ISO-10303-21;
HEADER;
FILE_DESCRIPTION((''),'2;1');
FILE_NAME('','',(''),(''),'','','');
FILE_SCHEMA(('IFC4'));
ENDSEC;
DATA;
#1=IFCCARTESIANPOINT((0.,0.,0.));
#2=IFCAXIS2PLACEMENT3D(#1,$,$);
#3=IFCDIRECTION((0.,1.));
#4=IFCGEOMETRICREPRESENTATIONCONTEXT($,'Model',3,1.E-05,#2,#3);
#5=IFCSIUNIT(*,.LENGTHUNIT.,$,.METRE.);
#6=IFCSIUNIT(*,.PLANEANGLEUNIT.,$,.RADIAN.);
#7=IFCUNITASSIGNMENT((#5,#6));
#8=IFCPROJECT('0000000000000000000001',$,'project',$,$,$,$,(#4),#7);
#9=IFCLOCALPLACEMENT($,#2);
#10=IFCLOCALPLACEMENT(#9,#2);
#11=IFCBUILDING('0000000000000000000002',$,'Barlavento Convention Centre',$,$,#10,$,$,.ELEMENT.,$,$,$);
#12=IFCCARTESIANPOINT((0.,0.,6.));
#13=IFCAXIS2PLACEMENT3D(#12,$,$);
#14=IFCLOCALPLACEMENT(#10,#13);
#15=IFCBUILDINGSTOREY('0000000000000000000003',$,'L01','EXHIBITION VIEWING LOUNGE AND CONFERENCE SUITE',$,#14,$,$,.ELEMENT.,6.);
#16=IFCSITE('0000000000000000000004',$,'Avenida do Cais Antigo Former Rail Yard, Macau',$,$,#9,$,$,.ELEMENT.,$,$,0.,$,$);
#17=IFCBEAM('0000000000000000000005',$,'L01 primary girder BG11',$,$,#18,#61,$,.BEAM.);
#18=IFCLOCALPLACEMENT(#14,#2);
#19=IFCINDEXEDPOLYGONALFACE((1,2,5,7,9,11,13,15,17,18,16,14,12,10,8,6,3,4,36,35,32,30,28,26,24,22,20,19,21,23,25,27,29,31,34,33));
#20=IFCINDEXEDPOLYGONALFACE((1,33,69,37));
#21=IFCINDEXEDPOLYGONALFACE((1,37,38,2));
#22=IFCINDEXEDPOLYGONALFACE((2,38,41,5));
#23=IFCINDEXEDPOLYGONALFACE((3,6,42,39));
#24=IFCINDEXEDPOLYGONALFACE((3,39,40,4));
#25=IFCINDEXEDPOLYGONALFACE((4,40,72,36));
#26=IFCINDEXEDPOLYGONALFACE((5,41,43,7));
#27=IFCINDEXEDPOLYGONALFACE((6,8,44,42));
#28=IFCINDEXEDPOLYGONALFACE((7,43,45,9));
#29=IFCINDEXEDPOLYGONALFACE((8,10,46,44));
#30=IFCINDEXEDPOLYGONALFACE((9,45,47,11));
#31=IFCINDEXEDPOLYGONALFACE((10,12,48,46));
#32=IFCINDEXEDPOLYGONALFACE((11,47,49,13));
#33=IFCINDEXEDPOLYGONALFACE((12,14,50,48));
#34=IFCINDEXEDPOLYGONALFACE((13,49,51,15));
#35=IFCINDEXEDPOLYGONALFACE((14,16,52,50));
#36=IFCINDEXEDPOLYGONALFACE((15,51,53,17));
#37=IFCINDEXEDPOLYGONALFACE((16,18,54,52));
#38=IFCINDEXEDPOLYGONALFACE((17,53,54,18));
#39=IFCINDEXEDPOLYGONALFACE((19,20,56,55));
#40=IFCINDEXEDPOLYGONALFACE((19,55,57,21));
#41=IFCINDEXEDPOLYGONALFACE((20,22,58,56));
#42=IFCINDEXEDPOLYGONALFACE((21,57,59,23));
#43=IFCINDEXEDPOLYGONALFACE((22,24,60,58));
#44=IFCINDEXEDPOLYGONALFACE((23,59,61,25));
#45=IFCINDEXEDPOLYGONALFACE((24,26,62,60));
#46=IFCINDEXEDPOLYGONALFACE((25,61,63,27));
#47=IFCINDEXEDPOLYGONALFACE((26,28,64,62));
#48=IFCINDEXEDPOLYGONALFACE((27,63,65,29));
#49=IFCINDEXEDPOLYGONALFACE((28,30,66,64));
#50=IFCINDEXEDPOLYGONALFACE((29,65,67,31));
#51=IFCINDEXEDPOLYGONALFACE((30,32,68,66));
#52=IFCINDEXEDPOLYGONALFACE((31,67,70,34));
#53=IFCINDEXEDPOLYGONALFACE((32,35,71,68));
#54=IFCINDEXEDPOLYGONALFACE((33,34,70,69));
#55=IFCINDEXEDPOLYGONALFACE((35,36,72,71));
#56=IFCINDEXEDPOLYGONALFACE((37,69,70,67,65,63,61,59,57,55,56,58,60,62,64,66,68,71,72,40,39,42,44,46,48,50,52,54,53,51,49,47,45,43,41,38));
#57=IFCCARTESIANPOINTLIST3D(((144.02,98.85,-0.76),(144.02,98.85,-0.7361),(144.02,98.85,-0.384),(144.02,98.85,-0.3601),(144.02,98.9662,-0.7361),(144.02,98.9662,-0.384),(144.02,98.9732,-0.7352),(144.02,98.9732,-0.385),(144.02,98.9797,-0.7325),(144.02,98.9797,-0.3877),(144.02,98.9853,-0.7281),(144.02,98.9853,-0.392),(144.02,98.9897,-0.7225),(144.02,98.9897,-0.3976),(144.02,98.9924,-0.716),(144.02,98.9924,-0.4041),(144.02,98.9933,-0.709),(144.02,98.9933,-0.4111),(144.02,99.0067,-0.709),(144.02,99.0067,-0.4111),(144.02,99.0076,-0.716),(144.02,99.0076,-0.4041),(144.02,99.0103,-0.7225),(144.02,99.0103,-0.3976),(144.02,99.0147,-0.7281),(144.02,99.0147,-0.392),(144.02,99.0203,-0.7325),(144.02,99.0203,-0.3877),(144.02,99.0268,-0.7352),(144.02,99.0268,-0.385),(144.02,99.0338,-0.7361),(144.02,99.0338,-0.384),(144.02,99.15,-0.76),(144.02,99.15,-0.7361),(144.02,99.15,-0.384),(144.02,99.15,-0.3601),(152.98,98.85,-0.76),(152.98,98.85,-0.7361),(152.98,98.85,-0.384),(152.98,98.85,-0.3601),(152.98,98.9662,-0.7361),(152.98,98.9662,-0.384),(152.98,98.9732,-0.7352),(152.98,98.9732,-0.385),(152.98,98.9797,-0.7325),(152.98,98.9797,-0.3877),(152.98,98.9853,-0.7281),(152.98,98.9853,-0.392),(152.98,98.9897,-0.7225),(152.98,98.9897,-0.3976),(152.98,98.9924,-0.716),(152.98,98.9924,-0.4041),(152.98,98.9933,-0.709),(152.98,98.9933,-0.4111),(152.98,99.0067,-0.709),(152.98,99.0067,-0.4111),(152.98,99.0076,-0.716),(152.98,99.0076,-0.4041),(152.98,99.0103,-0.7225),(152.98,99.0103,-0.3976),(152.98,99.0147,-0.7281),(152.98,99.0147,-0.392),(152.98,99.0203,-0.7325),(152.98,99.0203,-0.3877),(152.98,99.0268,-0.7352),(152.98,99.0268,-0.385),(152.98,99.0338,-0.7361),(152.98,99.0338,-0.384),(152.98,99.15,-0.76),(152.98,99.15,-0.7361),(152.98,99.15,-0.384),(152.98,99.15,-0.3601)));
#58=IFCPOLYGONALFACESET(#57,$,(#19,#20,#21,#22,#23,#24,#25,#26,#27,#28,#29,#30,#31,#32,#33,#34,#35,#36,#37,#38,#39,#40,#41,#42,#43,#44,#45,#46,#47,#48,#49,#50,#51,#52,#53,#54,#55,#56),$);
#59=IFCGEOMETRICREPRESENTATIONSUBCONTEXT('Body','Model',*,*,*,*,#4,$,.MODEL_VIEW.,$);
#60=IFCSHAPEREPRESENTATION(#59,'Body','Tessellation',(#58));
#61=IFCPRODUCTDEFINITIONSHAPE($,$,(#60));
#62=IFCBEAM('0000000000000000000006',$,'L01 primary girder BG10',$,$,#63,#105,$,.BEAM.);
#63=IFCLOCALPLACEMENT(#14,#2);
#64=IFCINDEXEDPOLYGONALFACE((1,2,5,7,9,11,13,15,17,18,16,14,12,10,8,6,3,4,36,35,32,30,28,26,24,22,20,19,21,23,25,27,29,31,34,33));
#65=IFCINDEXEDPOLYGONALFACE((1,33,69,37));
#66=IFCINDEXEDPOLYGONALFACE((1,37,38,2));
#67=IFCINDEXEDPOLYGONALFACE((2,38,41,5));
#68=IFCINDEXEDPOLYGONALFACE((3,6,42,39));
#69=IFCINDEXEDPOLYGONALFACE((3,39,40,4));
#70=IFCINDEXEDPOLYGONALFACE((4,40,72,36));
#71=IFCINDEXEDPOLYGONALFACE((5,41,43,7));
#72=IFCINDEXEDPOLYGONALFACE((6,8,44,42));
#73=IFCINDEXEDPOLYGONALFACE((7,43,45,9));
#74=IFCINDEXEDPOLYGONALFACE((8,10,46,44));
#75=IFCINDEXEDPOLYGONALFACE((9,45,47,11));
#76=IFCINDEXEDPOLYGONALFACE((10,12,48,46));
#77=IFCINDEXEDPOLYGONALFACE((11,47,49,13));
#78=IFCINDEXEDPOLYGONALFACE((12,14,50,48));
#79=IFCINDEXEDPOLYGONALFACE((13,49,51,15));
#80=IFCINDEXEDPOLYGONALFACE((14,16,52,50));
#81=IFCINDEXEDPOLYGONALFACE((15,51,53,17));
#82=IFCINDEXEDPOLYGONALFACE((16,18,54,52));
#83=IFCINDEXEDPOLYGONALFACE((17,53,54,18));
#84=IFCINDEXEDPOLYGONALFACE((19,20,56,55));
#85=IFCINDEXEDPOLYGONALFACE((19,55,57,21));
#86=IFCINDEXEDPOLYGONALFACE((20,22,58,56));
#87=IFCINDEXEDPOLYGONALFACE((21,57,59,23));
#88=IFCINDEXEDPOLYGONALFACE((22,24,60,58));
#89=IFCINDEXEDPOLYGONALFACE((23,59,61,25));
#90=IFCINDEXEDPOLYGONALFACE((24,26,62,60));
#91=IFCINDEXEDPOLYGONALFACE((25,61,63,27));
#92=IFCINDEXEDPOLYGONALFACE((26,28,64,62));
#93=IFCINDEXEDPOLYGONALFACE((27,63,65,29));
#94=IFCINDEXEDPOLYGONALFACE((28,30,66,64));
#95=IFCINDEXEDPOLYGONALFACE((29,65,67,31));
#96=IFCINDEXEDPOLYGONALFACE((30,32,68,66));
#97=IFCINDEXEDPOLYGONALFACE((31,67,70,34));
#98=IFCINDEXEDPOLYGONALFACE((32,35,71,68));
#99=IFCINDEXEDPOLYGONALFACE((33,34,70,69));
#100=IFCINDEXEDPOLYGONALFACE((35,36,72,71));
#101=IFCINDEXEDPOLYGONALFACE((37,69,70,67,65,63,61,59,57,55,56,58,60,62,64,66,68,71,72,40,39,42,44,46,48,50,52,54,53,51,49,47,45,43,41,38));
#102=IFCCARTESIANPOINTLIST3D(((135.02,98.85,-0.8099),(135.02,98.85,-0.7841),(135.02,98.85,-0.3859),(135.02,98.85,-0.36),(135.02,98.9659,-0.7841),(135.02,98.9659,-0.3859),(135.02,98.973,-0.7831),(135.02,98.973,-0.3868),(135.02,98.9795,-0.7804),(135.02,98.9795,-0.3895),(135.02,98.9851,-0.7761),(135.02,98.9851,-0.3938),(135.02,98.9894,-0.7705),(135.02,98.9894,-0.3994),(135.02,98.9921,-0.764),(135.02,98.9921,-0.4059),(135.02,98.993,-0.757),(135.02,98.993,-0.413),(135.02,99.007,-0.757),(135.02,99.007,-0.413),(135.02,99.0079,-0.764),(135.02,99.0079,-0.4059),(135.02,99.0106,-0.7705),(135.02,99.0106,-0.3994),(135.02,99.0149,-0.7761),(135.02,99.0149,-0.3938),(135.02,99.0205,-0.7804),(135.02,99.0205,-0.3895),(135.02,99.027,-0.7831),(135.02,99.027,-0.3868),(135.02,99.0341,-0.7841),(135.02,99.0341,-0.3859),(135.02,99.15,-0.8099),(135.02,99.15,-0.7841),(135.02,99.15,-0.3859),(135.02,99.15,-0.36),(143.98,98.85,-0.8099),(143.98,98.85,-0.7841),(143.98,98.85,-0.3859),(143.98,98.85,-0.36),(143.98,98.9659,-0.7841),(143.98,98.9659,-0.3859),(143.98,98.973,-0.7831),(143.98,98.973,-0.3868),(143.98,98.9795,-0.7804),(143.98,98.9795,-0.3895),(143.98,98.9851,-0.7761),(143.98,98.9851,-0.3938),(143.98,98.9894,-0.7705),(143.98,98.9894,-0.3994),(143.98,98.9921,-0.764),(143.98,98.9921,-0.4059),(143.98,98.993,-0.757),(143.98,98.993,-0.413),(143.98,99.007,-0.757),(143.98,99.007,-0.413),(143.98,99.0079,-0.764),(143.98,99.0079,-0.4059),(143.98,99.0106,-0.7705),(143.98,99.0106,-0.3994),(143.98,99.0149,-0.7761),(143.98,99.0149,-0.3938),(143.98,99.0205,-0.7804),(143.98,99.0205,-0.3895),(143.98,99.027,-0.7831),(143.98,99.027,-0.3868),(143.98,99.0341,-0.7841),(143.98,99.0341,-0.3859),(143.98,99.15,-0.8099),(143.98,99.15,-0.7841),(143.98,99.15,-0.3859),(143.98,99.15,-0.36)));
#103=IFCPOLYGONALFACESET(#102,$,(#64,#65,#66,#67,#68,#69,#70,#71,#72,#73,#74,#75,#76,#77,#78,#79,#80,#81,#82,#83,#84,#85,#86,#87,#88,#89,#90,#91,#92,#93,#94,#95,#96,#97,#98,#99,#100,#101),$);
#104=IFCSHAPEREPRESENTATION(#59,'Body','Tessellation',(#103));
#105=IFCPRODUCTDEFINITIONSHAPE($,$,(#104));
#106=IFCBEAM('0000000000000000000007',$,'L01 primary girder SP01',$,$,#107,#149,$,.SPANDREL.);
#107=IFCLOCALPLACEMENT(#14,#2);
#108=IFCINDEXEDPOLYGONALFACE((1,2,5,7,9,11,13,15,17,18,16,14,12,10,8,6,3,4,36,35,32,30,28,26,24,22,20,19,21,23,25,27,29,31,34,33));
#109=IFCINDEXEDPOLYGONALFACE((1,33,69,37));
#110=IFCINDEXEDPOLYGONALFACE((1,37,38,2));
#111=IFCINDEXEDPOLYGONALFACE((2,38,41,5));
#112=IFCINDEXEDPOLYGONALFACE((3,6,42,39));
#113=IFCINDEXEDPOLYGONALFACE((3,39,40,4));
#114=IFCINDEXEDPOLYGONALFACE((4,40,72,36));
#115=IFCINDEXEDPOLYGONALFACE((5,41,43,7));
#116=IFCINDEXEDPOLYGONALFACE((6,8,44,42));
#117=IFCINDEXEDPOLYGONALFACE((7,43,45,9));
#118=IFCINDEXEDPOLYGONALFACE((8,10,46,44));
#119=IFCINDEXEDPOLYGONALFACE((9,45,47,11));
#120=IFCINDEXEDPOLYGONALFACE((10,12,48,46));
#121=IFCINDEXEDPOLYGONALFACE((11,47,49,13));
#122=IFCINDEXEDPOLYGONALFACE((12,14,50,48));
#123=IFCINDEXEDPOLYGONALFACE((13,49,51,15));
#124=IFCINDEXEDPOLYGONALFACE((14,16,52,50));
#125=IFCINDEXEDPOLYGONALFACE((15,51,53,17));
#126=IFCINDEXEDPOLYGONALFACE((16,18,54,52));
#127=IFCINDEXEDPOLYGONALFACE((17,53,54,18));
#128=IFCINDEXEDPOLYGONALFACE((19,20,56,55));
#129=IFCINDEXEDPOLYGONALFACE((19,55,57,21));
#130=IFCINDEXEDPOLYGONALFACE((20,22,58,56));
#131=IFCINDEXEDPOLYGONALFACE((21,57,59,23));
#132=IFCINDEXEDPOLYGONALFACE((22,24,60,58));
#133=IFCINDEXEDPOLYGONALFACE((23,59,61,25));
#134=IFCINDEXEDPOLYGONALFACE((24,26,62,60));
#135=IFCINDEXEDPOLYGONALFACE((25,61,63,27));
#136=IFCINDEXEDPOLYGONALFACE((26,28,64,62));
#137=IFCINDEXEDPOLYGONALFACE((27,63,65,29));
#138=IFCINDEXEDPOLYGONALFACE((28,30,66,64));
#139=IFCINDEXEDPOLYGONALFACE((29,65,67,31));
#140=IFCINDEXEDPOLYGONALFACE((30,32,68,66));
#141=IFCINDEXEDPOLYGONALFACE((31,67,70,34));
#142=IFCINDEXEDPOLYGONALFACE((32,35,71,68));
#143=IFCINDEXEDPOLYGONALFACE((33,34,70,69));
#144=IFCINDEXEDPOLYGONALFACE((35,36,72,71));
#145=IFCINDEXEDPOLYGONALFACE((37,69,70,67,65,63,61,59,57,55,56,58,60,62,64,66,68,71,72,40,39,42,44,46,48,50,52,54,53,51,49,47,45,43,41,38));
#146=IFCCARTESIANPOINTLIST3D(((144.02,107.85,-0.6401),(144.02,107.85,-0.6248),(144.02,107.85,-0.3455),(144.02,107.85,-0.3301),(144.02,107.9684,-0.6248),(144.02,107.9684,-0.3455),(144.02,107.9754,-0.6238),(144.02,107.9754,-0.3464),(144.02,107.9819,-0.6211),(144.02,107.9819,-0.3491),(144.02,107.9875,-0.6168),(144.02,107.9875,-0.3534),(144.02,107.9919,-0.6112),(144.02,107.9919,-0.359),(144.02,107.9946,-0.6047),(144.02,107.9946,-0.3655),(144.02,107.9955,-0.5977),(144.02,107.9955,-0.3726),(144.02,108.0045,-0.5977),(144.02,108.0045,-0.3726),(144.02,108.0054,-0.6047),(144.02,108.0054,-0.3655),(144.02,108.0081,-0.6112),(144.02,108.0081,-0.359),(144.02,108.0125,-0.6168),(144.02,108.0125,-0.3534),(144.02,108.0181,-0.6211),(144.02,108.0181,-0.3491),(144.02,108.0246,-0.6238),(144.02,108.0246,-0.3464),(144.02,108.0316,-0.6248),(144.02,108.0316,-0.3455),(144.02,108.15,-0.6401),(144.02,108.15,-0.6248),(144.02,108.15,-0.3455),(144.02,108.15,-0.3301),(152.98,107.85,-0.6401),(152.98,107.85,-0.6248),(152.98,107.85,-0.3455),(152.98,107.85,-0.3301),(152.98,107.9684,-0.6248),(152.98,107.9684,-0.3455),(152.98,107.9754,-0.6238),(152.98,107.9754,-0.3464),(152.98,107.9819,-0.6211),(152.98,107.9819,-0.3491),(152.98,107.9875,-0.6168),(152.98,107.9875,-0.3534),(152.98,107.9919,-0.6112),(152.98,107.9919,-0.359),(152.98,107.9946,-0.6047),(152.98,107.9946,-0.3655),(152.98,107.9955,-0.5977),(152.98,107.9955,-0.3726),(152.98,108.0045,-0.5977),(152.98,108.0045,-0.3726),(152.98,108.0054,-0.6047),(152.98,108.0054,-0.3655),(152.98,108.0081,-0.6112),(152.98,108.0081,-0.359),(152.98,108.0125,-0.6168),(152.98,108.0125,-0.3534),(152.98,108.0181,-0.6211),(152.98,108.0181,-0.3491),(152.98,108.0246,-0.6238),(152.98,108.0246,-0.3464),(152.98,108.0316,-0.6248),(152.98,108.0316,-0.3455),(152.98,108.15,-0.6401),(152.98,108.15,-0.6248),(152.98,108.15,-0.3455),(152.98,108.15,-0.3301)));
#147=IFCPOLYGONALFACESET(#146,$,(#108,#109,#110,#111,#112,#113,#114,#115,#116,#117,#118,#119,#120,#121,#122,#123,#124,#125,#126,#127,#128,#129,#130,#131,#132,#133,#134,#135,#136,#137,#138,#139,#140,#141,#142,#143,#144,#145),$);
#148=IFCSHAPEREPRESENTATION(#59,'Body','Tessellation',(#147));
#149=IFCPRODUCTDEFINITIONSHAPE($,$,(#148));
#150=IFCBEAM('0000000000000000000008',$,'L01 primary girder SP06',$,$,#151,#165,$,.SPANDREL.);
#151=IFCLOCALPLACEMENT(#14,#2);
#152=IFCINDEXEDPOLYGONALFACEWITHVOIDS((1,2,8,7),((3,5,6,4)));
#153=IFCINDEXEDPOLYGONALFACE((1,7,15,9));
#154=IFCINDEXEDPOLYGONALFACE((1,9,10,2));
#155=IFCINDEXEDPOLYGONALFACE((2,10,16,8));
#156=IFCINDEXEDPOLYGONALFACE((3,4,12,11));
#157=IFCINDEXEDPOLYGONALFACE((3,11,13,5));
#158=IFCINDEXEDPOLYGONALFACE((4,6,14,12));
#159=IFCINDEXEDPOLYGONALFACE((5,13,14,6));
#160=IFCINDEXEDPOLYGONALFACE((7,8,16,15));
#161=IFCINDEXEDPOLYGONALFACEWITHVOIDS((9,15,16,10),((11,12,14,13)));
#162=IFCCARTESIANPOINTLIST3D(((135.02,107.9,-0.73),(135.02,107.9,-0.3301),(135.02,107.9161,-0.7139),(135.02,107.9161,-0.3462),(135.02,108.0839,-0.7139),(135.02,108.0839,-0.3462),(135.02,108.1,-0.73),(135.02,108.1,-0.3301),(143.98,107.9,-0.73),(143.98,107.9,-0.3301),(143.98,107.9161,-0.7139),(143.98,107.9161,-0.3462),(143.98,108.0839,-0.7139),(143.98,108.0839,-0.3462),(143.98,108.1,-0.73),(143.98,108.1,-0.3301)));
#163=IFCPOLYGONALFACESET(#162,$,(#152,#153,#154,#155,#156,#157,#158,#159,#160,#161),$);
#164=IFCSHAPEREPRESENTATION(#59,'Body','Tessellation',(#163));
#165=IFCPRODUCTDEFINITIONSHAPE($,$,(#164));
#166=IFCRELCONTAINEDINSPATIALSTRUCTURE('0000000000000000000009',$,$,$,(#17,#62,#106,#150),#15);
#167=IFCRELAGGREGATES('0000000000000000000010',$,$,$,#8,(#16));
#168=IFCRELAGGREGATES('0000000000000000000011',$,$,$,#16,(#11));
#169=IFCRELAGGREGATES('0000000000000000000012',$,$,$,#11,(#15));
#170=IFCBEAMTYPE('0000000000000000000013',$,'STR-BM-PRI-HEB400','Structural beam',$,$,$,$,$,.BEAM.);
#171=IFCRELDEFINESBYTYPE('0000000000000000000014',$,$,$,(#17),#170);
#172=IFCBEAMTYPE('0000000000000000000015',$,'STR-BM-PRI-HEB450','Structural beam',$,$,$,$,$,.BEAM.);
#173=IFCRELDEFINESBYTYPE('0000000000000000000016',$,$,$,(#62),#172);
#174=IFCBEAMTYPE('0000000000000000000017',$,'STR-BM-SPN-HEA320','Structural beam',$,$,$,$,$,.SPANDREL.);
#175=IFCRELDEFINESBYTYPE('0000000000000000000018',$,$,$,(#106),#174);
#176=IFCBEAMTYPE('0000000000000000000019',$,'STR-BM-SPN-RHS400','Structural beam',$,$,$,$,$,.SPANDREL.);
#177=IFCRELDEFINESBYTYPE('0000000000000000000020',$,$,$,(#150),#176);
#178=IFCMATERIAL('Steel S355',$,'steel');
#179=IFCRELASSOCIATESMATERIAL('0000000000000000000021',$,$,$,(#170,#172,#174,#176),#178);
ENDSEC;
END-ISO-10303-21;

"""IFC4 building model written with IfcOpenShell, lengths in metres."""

from ifc_helpers import new_model, si_unit, direction, frame, origin, origin_2d, place, context, subcontext, project, spatial, hollow_rectangle, i_section, extrude, material, material_profile, profile_set, type_object, element, save


model = new_model("IFC4")

# Units and contexts
model_context = context("Model", 3, precision=1e-05, world=origin(), true_north=direction((0.0, 1.0)))
body_context = subcontext(model_context, "Body", "Model", "MODEL_VIEW")
ifc_project = project(units=[si_unit("LENGTHUNIT", "METRE"), si_unit("PLANEANGLEUNIT", "RADIAN")], contexts=[model_context])

# Site, building, storey
site_placement = place(None, origin())
site = spatial("IfcSite", under=ifc_project, at=site_placement, Name="Avenida do Cais Antigo Former Rail Yard, Macau", CompositionType="ELEMENT", RefElevation=0.0)
building_placement = place(site_placement, origin())
building = spatial("IfcBuilding", under=site, at=building_placement, Name="Barlavento Convention Centre", CompositionType="ELEMENT")
storey_placement = place(building_placement, frame((0.0, 0.0, 6.0)))
storey = spatial("IfcBuildingStorey", under=building, at=storey_placement, Name="L01", Description="EXHIBITION VIEWING LOUNGE AND CONFERENCE SUITE", CompositionType="ELEMENT", Elevation=6.0)

# Shared definitions
ifc_material_1 = material(Name="Steel S355", Category="steel")

# Beams
ifc_material_profile_1 = material_profile(ifc_material_1, i_section(OverallWidth=0.3, OverallDepth=0.3999, WebThickness=0.0134, FlangeThickness=0.0239, FilletRadius=0.0271, at=origin_2d()), Name="HEB 400")
ifc_profile_set_1 = profile_set([ifc_material_profile_1], Name="Steel S355")
beam_type_1 = type_object("IfcBeamType", Name="STR-BM-PRI-HEB400", Description="Structural beam", PredefinedType="BEAM", material=ifc_profile_set_1)
beam_1_placement = place(storey_placement, frame((144.02, 99.0, -0.5601), z_axis=(1.0, 0.0, 0.0), x_axis=(0.0, 1.0, 0.0)))
element("IfcBeam", 1, at=beam_1_placement, inside=storey, type_object=beam_type_1, Name="L01 primary girder BG11", PredefinedType="BEAM", context=body_context, shape_type="SweptSolid", body=[
    extrude(i_section(OverallWidth=0.3, OverallDepth=0.3999, WebThickness=0.0134, FlangeThickness=0.0239, FilletRadius=0.0271, at=origin_2d()), origin(), (0.0, 0.0, 1.0), 8.96),
])
ifc_material_profile_2 = material_profile(ifc_material_1, i_section(OverallWidth=0.3, OverallDepth=0.45, WebThickness=0.0139, FlangeThickness=0.0259, FilletRadius=0.0271, at=origin_2d()), Name="HEB 450")
ifc_profile_set_2 = profile_set([ifc_material_profile_2], Name="Steel S355")
beam_type_2 = type_object("IfcBeamType", Name="STR-BM-PRI-HEB450", Description="Structural beam", PredefinedType="BEAM", material=ifc_profile_set_2)
beam_2_placement = place(storey_placement, frame((135.02, 99.0, -0.585), z_axis=(1.0, 0.0, 0.0), x_axis=(0.0, 1.0, 0.0)))
element("IfcBeam", 2, at=beam_2_placement, inside=storey, type_object=beam_type_2, Name="L01 primary girder BG10", PredefinedType="BEAM", context=body_context, shape_type="SweptSolid", body=[
    extrude(i_section(OverallWidth=0.3, OverallDepth=0.45, WebThickness=0.0139, FlangeThickness=0.0259, FilletRadius=0.0271, at=origin_2d()), origin(), (0.0, 0.0, 1.0), 8.96),
])
ifc_material_profile_3 = material_profile(ifc_material_1, i_section(OverallWidth=0.3, OverallDepth=0.3101, WebThickness=0.009, FlangeThickness=0.0154, FilletRadius=0.0271, at=origin_2d()), Name="HEA 320")
ifc_profile_set_3 = profile_set([ifc_material_profile_3], Name="Steel S355")
beam_type_3 = type_object("IfcBeamType", Name="STR-BM-SPN-HEA320", Description="Structural beam", PredefinedType="SPANDREL", material=ifc_profile_set_3)
beam_3_placement = place(storey_placement, frame((144.02, 108.0, -0.4851), z_axis=(1.0, 0.0, 0.0), x_axis=(0.0, 1.0, 0.0)))
element("IfcBeam", 3, at=beam_3_placement, inside=storey, type_object=beam_type_3, Name="L01 primary girder SP01", PredefinedType="SPANDREL", context=body_context, shape_type="SweptSolid", body=[
    extrude(i_section(OverallWidth=0.3, OverallDepth=0.3101, WebThickness=0.009, FlangeThickness=0.0154, FilletRadius=0.0271, at=origin_2d()), origin(), (0.0, 0.0, 1.0), 8.96),
])
ifc_material_profile_4 = material_profile(ifc_material_1, hollow_rectangle(XDim=0.2, YDim=0.3999, WallThickness=0.0161, at=origin_2d()), Name="RHS 400x200x16.0")
ifc_profile_set_4 = profile_set([ifc_material_profile_4], Name="Steel S355")
beam_type_4 = type_object("IfcBeamType", Name="STR-BM-SPN-RHS400", Description="Structural beam", PredefinedType="SPANDREL", material=ifc_profile_set_4)
beam_4_placement = place(storey_placement, frame((135.02, 108.0, -0.53), z_axis=(1.0, 0.0, 0.0), x_axis=(0.0, 1.0, 0.0)))
element("IfcBeam", 4, at=beam_4_placement, inside=storey, type_object=beam_type_4, Name="L01 primary girder SP06", PredefinedType="SPANDREL", context=body_context, shape_type="SweptSolid", body=[
    extrude(hollow_rectangle(XDim=0.2, YDim=0.3999, WallThickness=0.0161, at=origin_2d()), origin(), (0.0, 0.0, 1.0), 8.96),
])

save(model, "model.ifc")
